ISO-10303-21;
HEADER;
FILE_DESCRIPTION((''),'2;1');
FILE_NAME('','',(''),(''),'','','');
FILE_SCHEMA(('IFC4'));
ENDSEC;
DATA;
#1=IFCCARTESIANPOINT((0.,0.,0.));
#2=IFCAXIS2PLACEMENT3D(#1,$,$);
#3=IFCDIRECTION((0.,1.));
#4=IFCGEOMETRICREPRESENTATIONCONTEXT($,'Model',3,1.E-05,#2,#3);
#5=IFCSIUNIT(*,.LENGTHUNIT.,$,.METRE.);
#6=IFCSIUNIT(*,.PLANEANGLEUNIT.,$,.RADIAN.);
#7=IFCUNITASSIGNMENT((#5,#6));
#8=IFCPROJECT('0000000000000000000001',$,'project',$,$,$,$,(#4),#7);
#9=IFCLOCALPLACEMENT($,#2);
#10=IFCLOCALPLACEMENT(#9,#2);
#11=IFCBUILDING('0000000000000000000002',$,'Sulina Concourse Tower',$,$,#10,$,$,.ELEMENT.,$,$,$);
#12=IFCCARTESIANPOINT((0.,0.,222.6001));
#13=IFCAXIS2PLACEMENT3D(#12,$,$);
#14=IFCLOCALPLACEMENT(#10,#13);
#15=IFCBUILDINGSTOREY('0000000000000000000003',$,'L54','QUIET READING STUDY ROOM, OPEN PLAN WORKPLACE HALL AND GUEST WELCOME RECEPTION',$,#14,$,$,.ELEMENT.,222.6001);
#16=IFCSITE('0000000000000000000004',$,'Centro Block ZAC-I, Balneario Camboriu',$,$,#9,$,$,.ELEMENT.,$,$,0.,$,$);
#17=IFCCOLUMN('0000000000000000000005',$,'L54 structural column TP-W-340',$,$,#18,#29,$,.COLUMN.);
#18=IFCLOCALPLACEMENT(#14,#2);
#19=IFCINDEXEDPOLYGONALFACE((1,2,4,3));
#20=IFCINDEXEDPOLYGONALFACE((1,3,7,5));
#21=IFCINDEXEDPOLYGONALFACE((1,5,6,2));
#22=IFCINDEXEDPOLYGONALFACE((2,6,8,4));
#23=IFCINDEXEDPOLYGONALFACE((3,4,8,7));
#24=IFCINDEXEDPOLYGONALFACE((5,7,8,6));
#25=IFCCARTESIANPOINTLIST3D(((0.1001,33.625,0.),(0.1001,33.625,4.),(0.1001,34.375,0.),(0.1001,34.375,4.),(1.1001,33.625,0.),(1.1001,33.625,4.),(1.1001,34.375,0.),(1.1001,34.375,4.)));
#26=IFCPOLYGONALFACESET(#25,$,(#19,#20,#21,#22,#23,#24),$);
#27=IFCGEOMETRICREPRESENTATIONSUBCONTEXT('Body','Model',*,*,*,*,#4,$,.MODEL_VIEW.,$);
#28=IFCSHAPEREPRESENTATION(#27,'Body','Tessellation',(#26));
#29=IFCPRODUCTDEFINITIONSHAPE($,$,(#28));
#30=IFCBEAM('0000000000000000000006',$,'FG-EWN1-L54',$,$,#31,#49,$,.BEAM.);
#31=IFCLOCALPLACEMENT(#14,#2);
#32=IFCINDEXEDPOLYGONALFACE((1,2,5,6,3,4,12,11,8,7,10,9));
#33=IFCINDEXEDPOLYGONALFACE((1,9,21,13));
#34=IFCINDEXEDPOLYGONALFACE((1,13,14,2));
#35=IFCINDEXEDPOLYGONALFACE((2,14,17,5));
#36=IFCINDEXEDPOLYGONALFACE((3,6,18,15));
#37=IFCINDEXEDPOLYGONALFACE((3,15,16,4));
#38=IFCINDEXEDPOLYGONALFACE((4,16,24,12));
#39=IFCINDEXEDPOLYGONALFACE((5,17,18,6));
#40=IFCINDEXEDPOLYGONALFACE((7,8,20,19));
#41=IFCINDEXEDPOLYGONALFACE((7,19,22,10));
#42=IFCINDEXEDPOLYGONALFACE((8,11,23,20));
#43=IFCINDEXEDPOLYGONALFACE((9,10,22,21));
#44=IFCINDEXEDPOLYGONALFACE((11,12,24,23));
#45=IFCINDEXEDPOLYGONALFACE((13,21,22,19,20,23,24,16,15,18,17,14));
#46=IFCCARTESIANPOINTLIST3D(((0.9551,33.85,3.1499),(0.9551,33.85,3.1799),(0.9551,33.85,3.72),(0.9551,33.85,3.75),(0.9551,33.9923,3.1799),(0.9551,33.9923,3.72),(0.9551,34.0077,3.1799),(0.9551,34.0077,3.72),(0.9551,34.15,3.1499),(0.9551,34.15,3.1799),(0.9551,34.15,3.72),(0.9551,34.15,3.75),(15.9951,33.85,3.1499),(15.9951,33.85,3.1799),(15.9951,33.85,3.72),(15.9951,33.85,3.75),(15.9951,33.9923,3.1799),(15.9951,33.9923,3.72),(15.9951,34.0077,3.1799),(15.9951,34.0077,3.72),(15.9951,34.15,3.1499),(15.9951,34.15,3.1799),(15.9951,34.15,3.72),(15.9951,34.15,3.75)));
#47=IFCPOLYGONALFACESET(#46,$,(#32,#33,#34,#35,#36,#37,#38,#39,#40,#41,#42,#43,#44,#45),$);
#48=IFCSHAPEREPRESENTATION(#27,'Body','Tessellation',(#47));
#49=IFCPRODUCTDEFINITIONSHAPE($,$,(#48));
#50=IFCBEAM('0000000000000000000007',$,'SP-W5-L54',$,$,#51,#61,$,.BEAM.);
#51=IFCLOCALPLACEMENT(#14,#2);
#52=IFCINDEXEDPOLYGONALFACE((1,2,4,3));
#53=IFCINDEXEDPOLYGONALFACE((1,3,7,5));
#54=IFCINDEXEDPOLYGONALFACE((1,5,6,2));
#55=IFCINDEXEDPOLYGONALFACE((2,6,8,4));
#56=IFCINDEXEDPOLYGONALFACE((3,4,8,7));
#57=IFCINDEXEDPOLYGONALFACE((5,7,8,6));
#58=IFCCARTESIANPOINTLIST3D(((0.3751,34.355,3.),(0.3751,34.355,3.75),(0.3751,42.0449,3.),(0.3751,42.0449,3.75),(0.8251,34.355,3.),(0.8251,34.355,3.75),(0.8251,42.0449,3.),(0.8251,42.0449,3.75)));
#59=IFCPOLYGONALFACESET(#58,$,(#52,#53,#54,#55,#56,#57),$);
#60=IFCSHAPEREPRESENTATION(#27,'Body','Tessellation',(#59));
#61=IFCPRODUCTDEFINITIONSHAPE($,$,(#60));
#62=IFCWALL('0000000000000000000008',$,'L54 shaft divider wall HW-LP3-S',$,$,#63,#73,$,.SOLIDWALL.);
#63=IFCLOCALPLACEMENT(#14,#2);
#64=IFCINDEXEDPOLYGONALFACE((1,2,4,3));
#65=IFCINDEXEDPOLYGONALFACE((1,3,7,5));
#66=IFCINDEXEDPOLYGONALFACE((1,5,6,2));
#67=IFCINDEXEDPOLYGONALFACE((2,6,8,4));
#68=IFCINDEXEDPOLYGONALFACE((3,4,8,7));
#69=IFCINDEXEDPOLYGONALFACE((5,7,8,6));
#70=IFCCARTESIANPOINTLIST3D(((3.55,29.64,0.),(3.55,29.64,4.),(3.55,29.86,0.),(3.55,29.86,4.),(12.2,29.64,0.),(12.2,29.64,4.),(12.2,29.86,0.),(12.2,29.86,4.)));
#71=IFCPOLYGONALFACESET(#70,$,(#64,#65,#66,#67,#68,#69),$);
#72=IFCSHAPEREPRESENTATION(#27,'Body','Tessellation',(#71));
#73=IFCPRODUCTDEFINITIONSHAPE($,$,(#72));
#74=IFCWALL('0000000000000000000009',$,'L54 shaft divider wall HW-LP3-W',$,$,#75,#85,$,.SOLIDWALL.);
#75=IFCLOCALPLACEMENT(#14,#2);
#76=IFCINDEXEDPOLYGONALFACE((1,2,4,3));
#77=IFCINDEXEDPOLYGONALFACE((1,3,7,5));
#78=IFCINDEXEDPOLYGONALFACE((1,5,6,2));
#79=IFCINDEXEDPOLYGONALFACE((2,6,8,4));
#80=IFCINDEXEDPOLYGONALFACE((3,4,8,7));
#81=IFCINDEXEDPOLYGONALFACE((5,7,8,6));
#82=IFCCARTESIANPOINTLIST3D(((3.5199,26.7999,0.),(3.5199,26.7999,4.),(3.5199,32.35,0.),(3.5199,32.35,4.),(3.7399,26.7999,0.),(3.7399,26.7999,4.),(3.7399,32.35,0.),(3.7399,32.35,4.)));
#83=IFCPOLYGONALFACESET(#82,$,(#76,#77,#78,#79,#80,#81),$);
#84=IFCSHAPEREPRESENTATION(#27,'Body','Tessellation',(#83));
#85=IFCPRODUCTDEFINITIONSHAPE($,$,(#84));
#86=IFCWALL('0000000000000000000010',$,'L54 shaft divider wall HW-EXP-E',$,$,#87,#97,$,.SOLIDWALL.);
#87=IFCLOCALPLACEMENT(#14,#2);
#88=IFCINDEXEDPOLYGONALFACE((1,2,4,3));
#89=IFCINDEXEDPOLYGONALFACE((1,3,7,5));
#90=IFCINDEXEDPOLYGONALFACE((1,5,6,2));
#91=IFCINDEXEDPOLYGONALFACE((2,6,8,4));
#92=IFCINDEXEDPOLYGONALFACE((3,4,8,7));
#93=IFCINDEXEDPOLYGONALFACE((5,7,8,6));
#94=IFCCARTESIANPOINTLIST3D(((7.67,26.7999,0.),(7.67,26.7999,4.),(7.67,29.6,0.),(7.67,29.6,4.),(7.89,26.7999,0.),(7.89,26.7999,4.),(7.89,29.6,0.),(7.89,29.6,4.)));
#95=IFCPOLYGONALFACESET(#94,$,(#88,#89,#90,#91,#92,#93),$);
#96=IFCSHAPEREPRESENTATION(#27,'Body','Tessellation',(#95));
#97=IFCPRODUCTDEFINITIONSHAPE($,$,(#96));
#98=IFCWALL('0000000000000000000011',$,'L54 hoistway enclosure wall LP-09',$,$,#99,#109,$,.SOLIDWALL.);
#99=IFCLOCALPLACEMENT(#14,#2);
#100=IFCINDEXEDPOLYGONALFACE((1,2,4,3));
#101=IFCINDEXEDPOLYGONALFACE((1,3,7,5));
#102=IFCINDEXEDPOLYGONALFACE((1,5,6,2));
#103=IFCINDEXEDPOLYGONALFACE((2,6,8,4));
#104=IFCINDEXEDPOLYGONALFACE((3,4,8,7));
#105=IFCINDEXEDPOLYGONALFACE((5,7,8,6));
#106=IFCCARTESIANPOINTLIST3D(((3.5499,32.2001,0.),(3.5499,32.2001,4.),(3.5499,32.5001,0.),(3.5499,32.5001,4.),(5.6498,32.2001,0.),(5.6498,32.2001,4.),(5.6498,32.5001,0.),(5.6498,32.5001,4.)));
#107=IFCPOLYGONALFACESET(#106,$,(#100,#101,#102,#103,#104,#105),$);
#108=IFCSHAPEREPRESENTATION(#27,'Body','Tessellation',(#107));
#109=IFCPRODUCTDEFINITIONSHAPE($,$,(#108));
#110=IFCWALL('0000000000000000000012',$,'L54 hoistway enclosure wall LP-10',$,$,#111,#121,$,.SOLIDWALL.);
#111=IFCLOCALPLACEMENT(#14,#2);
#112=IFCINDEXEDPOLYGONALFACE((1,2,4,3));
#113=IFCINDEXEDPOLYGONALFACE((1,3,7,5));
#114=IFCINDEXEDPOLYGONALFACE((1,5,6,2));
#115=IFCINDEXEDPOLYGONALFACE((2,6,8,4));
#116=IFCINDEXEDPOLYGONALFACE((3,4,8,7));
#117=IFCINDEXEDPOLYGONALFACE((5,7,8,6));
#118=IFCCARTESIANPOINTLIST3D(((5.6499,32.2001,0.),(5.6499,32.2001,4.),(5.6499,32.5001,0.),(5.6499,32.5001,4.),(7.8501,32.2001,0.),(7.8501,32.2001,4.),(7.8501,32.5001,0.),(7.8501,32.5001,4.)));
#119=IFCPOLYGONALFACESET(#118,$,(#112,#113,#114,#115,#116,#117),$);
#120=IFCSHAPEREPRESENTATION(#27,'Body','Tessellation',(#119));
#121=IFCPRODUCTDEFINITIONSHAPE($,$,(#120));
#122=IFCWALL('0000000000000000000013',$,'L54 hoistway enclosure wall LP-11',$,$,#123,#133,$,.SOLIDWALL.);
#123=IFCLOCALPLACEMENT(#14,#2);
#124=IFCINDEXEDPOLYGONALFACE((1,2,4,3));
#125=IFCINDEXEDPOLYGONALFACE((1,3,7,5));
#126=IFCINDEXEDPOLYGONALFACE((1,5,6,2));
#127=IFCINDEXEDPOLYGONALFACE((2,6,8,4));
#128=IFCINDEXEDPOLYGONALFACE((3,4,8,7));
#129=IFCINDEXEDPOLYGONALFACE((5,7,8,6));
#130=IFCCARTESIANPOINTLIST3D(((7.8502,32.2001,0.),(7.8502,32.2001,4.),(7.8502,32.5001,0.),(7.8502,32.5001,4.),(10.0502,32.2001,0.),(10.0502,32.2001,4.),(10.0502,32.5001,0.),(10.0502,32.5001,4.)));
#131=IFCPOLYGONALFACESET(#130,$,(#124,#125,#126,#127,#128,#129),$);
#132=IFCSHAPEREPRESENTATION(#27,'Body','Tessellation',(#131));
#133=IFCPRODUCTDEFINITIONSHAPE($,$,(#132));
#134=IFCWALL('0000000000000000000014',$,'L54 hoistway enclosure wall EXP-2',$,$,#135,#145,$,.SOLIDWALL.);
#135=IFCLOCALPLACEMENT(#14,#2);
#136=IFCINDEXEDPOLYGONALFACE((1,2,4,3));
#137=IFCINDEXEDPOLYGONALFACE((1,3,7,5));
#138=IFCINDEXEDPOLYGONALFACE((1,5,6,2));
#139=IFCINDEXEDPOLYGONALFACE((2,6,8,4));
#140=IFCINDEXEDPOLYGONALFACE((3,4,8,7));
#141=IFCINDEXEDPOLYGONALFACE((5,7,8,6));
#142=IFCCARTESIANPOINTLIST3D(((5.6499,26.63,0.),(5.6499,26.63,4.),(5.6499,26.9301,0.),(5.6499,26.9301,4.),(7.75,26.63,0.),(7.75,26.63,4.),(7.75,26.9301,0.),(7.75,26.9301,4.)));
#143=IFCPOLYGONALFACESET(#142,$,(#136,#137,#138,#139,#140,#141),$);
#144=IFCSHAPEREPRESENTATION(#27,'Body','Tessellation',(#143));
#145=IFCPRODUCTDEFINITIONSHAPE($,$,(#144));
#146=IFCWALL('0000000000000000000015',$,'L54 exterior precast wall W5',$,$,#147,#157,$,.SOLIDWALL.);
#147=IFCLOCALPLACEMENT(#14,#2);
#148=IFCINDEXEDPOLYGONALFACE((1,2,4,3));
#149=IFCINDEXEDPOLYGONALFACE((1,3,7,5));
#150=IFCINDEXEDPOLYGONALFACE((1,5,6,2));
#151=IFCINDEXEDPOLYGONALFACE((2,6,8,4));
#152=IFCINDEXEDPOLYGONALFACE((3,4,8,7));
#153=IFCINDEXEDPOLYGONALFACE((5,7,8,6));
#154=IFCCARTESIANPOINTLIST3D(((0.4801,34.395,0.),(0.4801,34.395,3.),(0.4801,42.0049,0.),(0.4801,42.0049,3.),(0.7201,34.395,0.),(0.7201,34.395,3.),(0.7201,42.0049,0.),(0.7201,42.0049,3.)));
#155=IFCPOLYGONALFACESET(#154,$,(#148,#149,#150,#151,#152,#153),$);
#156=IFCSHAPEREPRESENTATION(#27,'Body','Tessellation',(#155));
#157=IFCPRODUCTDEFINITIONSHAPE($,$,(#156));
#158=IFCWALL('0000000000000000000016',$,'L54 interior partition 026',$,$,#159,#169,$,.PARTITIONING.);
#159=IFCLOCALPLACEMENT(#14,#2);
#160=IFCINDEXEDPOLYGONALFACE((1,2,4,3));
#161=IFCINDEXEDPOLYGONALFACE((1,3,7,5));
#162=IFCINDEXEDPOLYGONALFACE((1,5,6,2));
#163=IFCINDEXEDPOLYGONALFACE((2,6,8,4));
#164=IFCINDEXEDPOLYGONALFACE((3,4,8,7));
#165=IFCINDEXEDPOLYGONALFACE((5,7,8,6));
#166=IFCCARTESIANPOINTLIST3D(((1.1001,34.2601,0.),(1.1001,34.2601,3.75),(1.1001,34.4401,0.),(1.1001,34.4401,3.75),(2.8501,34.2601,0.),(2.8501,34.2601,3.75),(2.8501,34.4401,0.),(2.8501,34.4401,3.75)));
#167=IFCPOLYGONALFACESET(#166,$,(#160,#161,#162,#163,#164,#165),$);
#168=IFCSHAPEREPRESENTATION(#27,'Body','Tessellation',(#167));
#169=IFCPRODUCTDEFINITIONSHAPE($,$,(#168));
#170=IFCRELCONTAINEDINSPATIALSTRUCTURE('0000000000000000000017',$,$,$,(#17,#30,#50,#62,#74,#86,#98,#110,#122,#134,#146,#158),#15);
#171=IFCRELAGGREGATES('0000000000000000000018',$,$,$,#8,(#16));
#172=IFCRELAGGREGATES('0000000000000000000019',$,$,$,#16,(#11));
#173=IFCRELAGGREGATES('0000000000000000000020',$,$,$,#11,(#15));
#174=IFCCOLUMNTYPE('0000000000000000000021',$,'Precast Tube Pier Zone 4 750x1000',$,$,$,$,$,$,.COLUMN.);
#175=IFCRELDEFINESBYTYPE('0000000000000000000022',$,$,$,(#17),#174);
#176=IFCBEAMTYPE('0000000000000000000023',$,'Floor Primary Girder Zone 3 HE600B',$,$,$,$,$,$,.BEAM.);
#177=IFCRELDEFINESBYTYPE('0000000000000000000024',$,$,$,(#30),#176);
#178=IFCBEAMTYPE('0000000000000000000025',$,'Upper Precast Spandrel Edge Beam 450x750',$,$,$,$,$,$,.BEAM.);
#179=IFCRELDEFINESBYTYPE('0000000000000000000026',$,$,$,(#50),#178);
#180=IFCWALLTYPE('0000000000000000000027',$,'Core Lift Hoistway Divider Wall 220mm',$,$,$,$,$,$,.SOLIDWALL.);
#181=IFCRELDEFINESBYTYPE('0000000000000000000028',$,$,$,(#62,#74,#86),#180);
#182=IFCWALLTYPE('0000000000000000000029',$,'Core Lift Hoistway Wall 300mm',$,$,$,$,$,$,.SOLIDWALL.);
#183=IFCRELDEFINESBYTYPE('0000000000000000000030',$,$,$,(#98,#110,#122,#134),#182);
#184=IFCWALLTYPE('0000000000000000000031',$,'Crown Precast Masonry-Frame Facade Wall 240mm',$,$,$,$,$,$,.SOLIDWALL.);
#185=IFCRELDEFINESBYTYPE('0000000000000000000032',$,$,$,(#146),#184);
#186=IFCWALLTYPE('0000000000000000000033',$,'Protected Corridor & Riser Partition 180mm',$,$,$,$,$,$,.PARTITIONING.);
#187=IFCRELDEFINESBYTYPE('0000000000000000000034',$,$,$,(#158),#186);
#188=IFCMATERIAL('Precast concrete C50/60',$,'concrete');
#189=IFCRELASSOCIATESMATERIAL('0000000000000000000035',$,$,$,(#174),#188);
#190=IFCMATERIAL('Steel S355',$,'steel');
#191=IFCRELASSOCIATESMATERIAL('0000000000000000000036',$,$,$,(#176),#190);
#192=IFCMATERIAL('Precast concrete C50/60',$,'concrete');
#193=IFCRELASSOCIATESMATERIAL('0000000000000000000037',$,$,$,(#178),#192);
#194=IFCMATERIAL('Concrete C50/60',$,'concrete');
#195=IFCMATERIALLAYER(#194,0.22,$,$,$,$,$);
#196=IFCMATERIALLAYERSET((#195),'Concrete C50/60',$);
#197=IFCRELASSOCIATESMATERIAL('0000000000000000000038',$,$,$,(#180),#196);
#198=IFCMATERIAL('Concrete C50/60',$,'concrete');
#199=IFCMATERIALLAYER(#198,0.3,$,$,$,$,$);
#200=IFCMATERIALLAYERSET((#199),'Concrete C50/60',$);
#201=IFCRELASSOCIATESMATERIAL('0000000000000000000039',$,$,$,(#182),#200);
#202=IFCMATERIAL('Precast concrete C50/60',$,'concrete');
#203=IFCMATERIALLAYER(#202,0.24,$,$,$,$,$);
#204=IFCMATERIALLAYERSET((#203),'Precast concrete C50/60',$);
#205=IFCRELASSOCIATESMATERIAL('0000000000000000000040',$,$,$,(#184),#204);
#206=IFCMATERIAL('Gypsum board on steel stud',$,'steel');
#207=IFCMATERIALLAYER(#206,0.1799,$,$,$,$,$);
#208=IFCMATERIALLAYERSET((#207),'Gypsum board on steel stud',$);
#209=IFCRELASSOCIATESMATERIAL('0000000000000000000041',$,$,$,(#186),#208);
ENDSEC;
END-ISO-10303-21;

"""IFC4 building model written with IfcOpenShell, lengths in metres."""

from ifc_helpers import new_model, si_unit, direction, frame, frame_2d, origin, origin_2d, place, context, subcontext, project, spatial, rectangle, i_section, extrude, material, layer, layer_set, material_profile, profile_set, type_object, element, save


model = new_model("IFC4")

# Units and contexts
model_context = context("Model", 3, precision=1e-05, world=origin(), true_north=direction((0.0, 1.0)))
body_context = subcontext(model_context, "Body", "Model", "MODEL_VIEW")
ifc_project = project(units=[si_unit("LENGTHUNIT", "METRE"), si_unit("PLANEANGLEUNIT", "RADIAN")], contexts=[model_context])

# Site, building, storey
site_placement = place(None, origin())
site = spatial("IfcSite", under=ifc_project, at=site_placement, Name="Centro Block ZAC-I, Balneario Camboriu", CompositionType="ELEMENT", RefElevation=0.0)
building_placement = place(site_placement, origin())
building = spatial("IfcBuilding", under=site, at=building_placement, Name="Sulina Concourse Tower", CompositionType="ELEMENT")
storey_placement = place(building_placement, frame((0.0, 0.0, 222.6001)))
storey = spatial("IfcBuildingStorey", under=building, at=storey_placement, Name="L54", Description="QUIET READING STUDY ROOM, OPEN PLAN WORKPLACE HALL AND GUEST WELCOME RECEPTION", CompositionType="ELEMENT", Elevation=222.6001)

# Column
ifc_material_1 = material(Name="Precast concrete C50/60", Category="concrete")
ifc_material_profile_1 = material_profile(ifc_material_1, rectangle(XDim=0.75, YDim=1.0, at=origin_2d()), Name="PC 750x1000")
ifc_profile_set_1 = profile_set([ifc_material_profile_1], Name="Precast concrete C50/60")
column_type = type_object("IfcColumnType", Name="Precast Tube Pier Zone 4 750x1000", PredefinedType="COLUMN", material=ifc_profile_set_1)
column_placement = place(storey_placement, frame((0.6001, 34.0, 0.0), z_axis=(0.0, 0.0, 1.0), x_axis=(0.0, 1.0, 0.0)))
element("IfcColumn", 1, at=column_placement, inside=storey, type_object=column_type, Name="L54 structural column TP-W-340", PredefinedType="COLUMN", context=body_context, shape_type="SweptSolid", body=[
    extrude(rectangle(XDim=0.75, YDim=1.0, at=origin_2d()), origin(), (0.0, 0.0, 1.0), 4.0),
])

# Beams
ifc_material_2 = material(Name="Steel S355", Category="steel")
ifc_material_profile_2 = material_profile(ifc_material_2, i_section(OverallWidth=0.3, OverallDepth=0.6001, WebThickness=0.0154, FlangeThickness=0.03, at=origin_2d()), Name="HE 600 B")
ifc_profile_set_2 = profile_set([ifc_material_profile_2], Name="Steel S355")
beam_type_1 = type_object("IfcBeamType", Name="Floor Primary Girder Zone 3 HE600B", PredefinedType="BEAM", material=ifc_profile_set_2)
beam_1_placement = place(storey_placement, frame((0.9551, 34.0, 3.45), z_axis=(1.0, 0.0, 0.0), x_axis=(0.0, 1.0, 0.0)))
element("IfcBeam", 2, at=beam_1_placement, inside=storey, type_object=beam_type_1, Name="FG-EWN1-L54", PredefinedType="BEAM", context=body_context, shape_type="SweptSolid", body=[
    extrude(i_section(OverallWidth=0.3, OverallDepth=0.6001, WebThickness=0.0154, FlangeThickness=0.03, at=origin_2d()), origin(), (0.0, 0.0, 1.0), 15.04),
])
ifc_material_3 = material(Name="Precast concrete C50/60", Category="concrete")
ifc_material_profile_3 = material_profile(ifc_material_3, rectangle(XDim=0.45, YDim=0.75, at=origin_2d()), Name="RC 450x750")
ifc_profile_set_3 = profile_set([ifc_material_profile_3], Name="Precast concrete C50/60")
beam_type_2 = type_object("IfcBeamType", Name="Upper Precast Spandrel Edge Beam 450x750", PredefinedType="BEAM", material=ifc_profile_set_3)
beam_2_placement = place(storey_placement, frame((0.6001, 34.355, 3.375), z_axis=(0.0, 1.0, 0.0), x_axis=(-1.0, 0.0, 0.0)))
element("IfcBeam", 3, at=beam_2_placement, inside=storey, type_object=beam_type_2, Name="SP-W5-L54", PredefinedType="BEAM", context=body_context, shape_type="SweptSolid", body=[
    extrude(rectangle(XDim=0.45, YDim=0.75, at=origin_2d()), origin(), (0.0, 0.0, 1.0), 7.6899),
])

# Walls
ifc_material_4 = material(Name="Concrete C50/60", Category="concrete")
ifc_layer_1 = layer(ifc_material_4, 0.22)
ifc_layer_set_1 = layer_set([ifc_layer_1], Name="Concrete C50/60")
wall_type_1 = type_object("IfcWallType", Name="Core Lift Hoistway Divider Wall 220mm", PredefinedType="SOLIDWALL", material=ifc_layer_set_1)
wall_1_placement = place(storey_placement, frame((3.55, 29.75, 0.0), z_axis=(0.0, 0.0, 1.0), x_axis=(1.0, 0.0, 0.0)))
element("IfcWall", 4, at=wall_1_placement, inside=storey, type_object=wall_type_1, Name="L54 shaft divider wall HW-LP3-S", PredefinedType="SOLIDWALL", context=body_context, shape_type="SweptSolid", body=[
    extrude(rectangle(XDim=8.6499, YDim=0.22, at=frame_2d((4.325, 0.0))), origin(), (0.0, 0.0, 1.0), 4.0),
])
wall_2_placement = place(storey_placement, frame((3.6299, 26.8, 0.0), z_axis=(0.0, 0.0, 1.0), x_axis=(0.0, 1.0, 0.0)))
element("IfcWall", 5, at=wall_2_placement, inside=storey, type_object=wall_type_1, Name="L54 shaft divider wall HW-LP3-W", PredefinedType="SOLIDWALL", context=body_context, shape_type="SweptSolid", body=[
    extrude(rectangle(XDim=5.55, YDim=0.22, at=frame_2d((2.7749, 0.0))), origin(), (0.0, 0.0, 1.0), 4.0),
])
wall_3_placement = place(storey_placement, frame((7.78, 26.8, 0.0), z_axis=(0.0, 0.0, 1.0), x_axis=(0.0, 1.0, 0.0)))
element("IfcWall", 6, at=wall_3_placement, inside=storey, type_object=wall_type_1, Name="L54 shaft divider wall HW-EXP-E", PredefinedType="SOLIDWALL", context=body_context, shape_type="SweptSolid", body=[
    extrude(rectangle(XDim=2.8, YDim=0.22, at=frame_2d((1.3999, 0.0))), origin(), (0.0, 0.0, 1.0), 4.0),
])
ifc_material_5 = material(Name="Concrete C50/60", Category="concrete")
ifc_layer_2 = layer(ifc_material_5, 0.3)
ifc_layer_set_2 = layer_set([ifc_layer_2], Name="Concrete C50/60")
wall_type_2 = type_object("IfcWallType", Name="Core Lift Hoistway Wall 300mm", PredefinedType="SOLIDWALL", material=ifc_layer_set_2)
wall_4_placement = place(storey_placement, frame((3.55, 32.3501, 0.0), z_axis=(0.0, 0.0, 1.0), x_axis=(1.0, 0.0, 0.0)))
element("IfcWall", 7, at=wall_4_placement, inside=storey, type_object=wall_type_2, Name="L54 hoistway enclosure wall LP-09", PredefinedType="SOLIDWALL", context=body_context, shape_type="SweptSolid", body=[
    extrude(rectangle(XDim=2.0999, YDim=0.3, at=frame_2d((1.0498, 0.0))), origin(), (0.0, 0.0, 1.0), 4.0),
])
wall_5_placement = place(storey_placement, frame((5.6499, 32.3501, 0.0), z_axis=(0.0, 0.0, 1.0), x_axis=(1.0, 0.0, 0.0)))
element("IfcWall", 8, at=wall_5_placement, inside=storey, type_object=wall_type_2, Name="L54 hoistway enclosure wall LP-10", PredefinedType="SOLIDWALL", context=body_context, shape_type="SweptSolid", body=[
    extrude(rectangle(XDim=2.2002, YDim=0.3, at=frame_2d((1.1001, 0.0))), origin(), (0.0, 0.0, 1.0), 4.0),
])
wall_6_placement = place(storey_placement, frame((7.8501, 32.3501, 0.0), z_axis=(0.0, 0.0, 1.0), x_axis=(1.0, 0.0, 0.0)))
element("IfcWall", 9, at=wall_6_placement, inside=storey, type_object=wall_type_2, Name="L54 hoistway enclosure wall LP-11", PredefinedType="SOLIDWALL", context=body_context, shape_type="SweptSolid", body=[
    extrude(rectangle(XDim=2.2, YDim=0.3, at=frame_2d((1.1001, 0.0))), origin(), (0.0, 0.0, 1.0), 4.0),
])
wall_7_placement = place(storey_placement, frame((7.75, 26.78, 0.0), z_axis=(0.0, 0.0, 1.0), x_axis=(-1.0, 0.0, 0.0)))
element("IfcWall", 10, at=wall_7_placement, inside=storey, type_object=wall_type_2, Name="L54 hoistway enclosure wall EXP-2", PredefinedType="SOLIDWALL", context=body_context, shape_type="SweptSolid", body=[
    extrude(rectangle(XDim=2.1001, YDim=0.3, at=frame_2d((1.05, 0.0))), origin(), (0.0, 0.0, 1.0), 4.0),
])
ifc_material_6 = material(Name="Precast concrete C50/60", Category="concrete")
ifc_layer_3 = layer(ifc_material_6, 0.24)
ifc_layer_set_3 = layer_set([ifc_layer_3], Name="Precast concrete C50/60")
wall_type_3 = type_object("IfcWallType", Name="Crown Precast Masonry-Frame Facade Wall 240mm", PredefinedType="SOLIDWALL", material=ifc_layer_set_3)
wall_8_placement = place(storey_placement, frame((0.6001, 34.395, 0.0), z_axis=(0.0, 0.0, 1.0), x_axis=(0.0, 1.0, 0.0)))
element("IfcWall", 11, at=wall_8_placement, inside=storey, type_object=wall_type_3, Name="L54 exterior precast wall W5", PredefinedType="SOLIDWALL", context=body_context, shape_type="SweptSolid", body=[
    extrude(rectangle(XDim=7.6099, YDim=0.24, at=frame_2d((3.8049, 0.0))), origin(), (0.0, 0.0, 1.0), 3.0),
])
ifc_material_7 = material(Name="Gypsum board on steel stud", Category="steel")
ifc_layer_4 = layer(ifc_material_7, 0.1799)
ifc_layer_set_4 = layer_set([ifc_layer_4], Name="Gypsum board on steel stud")
wall_type_4 = type_object("IfcWallType", Name="Protected Corridor & Riser Partition 180mm", PredefinedType="PARTITIONING", material=ifc_layer_set_4)
wall_9_placement = place(storey_placement, frame((1.1001, 34.3501, 0.0), z_axis=(0.0, 0.0, 1.0), x_axis=(1.0, 0.0, 0.0)))
element("IfcWall", 12, at=wall_9_placement, inside=storey, type_object=wall_type_4, Name="L54 interior partition 026", PredefinedType="PARTITIONING", context=body_context, shape_type="SweptSolid", body=[
    extrude(rectangle(XDim=1.75, YDim=0.1799, at=frame_2d((0.875, 0.0))), origin(), (0.0, 0.0, 1.0), 3.75),
])

save(model, "model.ifc")
